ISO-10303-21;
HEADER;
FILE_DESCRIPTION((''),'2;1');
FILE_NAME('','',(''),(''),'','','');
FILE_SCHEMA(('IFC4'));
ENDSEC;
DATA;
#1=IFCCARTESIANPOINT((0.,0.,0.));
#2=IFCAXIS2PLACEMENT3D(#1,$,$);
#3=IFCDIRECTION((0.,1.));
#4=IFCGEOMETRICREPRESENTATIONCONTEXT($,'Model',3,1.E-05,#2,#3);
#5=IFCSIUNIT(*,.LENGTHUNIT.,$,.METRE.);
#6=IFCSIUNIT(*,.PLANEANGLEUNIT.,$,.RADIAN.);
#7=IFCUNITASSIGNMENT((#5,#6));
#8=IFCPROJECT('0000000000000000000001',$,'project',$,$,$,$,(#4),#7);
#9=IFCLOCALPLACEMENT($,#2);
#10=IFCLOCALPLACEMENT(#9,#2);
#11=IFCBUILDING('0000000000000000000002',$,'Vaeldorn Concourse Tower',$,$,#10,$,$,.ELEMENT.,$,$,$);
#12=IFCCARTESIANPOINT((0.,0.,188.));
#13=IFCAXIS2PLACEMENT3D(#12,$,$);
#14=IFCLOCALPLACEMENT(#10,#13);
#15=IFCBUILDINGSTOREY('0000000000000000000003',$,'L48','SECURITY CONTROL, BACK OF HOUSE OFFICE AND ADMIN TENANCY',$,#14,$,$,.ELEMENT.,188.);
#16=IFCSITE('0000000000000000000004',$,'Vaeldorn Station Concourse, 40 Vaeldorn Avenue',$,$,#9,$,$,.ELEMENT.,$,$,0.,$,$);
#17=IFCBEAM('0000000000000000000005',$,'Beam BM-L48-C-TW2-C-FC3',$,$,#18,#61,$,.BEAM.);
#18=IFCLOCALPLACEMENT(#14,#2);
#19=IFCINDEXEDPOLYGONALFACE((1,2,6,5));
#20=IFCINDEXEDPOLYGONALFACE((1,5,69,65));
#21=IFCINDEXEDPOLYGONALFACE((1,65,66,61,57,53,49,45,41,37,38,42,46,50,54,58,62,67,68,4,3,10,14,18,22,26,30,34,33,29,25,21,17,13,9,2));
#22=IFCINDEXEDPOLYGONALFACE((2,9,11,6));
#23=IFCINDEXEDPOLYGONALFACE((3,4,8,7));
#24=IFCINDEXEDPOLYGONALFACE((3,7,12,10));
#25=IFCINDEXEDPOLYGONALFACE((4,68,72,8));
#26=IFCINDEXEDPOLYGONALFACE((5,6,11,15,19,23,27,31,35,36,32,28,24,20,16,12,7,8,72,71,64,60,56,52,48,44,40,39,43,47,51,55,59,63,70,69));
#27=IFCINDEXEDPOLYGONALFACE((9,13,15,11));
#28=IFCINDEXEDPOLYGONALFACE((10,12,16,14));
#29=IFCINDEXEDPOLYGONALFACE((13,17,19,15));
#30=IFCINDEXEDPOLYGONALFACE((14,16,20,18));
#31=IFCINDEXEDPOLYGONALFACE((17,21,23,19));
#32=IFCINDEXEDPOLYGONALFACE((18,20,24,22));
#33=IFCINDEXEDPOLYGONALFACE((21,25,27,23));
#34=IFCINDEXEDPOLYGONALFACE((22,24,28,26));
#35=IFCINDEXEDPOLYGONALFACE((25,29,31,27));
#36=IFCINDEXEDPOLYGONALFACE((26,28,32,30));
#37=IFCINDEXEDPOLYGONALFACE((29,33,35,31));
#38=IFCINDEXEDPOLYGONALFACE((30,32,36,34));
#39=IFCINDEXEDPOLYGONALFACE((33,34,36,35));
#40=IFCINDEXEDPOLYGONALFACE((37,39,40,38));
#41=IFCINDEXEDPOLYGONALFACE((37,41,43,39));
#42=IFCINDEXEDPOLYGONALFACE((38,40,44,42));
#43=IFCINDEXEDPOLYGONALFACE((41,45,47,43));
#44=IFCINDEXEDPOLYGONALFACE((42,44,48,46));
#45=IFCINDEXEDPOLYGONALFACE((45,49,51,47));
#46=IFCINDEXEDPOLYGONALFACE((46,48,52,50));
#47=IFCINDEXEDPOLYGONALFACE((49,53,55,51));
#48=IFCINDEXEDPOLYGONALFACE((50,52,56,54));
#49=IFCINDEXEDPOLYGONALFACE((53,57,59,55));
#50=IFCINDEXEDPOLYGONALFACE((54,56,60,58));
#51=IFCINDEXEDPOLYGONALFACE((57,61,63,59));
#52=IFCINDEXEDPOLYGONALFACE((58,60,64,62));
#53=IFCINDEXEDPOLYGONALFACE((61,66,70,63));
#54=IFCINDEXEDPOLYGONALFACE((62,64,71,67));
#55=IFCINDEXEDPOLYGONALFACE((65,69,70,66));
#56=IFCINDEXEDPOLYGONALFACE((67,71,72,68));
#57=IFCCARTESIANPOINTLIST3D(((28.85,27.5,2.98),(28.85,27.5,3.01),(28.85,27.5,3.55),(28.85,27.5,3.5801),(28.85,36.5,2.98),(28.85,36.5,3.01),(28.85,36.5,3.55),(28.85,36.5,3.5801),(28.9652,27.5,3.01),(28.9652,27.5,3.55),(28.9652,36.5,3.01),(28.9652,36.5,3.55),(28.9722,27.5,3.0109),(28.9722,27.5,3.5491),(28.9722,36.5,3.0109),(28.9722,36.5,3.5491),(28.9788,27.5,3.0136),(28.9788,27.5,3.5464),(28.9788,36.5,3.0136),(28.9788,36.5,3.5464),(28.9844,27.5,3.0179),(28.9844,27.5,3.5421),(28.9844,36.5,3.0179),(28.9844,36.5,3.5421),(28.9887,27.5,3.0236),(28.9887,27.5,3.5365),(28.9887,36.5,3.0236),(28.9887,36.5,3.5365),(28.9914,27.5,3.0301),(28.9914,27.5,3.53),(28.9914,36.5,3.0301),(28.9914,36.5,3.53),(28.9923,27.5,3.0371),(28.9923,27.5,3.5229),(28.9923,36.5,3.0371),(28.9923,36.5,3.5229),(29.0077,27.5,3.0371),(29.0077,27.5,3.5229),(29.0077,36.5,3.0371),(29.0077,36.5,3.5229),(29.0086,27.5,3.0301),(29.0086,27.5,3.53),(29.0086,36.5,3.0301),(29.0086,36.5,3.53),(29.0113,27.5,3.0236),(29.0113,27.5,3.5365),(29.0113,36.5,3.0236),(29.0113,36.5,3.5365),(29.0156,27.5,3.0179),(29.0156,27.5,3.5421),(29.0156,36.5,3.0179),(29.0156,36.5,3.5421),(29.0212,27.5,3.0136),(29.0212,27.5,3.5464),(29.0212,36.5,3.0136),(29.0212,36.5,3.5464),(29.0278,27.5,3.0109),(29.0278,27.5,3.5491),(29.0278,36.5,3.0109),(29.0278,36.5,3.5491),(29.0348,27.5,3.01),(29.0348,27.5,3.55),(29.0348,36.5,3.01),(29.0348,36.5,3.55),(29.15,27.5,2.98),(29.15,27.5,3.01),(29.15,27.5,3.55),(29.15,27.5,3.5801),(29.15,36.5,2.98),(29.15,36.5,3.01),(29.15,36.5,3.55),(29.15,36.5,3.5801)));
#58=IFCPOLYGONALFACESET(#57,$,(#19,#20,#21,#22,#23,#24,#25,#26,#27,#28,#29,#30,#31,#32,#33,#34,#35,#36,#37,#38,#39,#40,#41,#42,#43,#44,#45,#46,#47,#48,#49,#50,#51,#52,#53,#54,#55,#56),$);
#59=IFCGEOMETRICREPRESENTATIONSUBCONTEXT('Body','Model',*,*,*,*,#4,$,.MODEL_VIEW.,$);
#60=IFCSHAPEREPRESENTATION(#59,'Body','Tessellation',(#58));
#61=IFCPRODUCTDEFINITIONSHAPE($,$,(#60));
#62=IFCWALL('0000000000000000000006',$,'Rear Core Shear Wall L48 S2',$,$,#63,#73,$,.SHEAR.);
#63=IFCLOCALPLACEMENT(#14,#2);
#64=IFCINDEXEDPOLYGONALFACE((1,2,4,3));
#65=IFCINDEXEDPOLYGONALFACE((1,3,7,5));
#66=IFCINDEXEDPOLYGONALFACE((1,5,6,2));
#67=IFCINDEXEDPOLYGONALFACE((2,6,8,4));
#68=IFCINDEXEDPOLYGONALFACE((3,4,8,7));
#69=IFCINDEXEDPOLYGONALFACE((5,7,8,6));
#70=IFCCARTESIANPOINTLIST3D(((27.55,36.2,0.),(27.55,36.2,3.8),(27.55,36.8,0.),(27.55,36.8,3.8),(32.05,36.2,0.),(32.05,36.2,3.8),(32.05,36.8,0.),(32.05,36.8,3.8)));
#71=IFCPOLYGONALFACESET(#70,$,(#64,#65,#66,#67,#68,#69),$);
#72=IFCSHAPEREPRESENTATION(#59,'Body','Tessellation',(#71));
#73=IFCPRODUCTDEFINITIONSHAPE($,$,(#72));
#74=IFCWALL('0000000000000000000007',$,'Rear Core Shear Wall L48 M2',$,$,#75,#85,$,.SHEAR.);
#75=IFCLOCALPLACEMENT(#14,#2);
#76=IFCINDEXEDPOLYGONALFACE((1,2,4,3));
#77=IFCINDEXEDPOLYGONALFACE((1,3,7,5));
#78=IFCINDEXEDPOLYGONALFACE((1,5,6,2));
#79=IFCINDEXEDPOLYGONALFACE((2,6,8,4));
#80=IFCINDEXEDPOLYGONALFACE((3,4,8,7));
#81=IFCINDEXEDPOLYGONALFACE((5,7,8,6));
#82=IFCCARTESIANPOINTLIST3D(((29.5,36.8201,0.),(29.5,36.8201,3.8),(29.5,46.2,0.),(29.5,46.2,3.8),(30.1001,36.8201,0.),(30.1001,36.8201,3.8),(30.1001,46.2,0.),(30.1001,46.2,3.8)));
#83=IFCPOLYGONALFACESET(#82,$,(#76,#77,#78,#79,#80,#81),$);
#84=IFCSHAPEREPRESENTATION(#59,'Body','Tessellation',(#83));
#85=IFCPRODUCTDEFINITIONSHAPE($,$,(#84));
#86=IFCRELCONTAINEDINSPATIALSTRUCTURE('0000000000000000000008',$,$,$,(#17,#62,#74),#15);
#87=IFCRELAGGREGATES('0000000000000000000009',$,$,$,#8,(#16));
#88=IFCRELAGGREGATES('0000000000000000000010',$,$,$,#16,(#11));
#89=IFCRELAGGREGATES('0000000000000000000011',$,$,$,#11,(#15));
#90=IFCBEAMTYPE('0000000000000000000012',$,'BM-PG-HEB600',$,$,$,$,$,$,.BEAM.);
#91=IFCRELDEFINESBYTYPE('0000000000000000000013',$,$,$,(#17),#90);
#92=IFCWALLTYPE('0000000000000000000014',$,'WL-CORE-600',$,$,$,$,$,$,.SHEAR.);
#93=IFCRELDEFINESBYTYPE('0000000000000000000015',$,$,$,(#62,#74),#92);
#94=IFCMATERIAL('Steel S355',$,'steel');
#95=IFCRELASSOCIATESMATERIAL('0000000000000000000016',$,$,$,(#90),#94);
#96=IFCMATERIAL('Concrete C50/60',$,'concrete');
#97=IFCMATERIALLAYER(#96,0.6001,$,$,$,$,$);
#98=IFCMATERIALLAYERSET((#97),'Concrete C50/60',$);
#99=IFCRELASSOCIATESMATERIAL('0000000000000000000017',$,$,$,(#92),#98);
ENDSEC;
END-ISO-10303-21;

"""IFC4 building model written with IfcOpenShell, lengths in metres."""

from ifc_helpers import new_model, si_unit, direction, frame, frame_2d, origin, origin_2d, place, context, subcontext, project, spatial, rectangle, i_section, extrude, source, transform, mapped, material, layer, layer_set, material_profile, profile_set, type_object, element, save


model = new_model("IFC4")

# Units and contexts
model_context = context("Model", 3, precision=1e-05, world=origin(), true_north=direction((0.0, 1.0)))
body_context = subcontext(model_context, "Body", "Model", "MODEL_VIEW")
ifc_project = project(units=[si_unit("LENGTHUNIT", "METRE"), si_unit("PLANEANGLEUNIT", "RADIAN")], contexts=[model_context])

# Site, building, storey
site_placement = place(None, origin())
site = spatial("IfcSite", under=ifc_project, at=site_placement, Name="Vaeldorn Station Concourse, 40 Vaeldorn Avenue", CompositionType="ELEMENT", RefElevation=0.0)
building_placement = place(site_placement, origin())
building = spatial("IfcBuilding", under=site, at=building_placement, Name="Vaeldorn Concourse Tower", CompositionType="ELEMENT")
storey_placement = place(building_placement, frame((0.0, 0.0, 188.0)))
storey = spatial("IfcBuildingStorey", under=building, at=storey_placement, Name="L48", Description="SECURITY CONTROL, BACK OF HOUSE OFFICE AND ADMIN TENANCY", CompositionType="ELEMENT", Elevation=188.0)

# Shared definitions
ifc_material_1 = material(Name="Steel S355", Category="steel")

# Beam
ifc_material_profile_1 = material_profile(ifc_material_1, i_section(OverallWidth=0.3, OverallDepth=0.6001, WebThickness=0.0154, FlangeThickness=0.03, FilletRadius=0.0271, at=origin_2d()), Name="HEB 600")
ifc_profile_set_1 = profile_set([ifc_material_profile_1], Name="Steel S355")
beam_type_1 = type_object("IfcBeamType", Name="BM-PG-HEB600", PredefinedType="BEAM", material=ifc_profile_set_1)
shared_shape_1 = source(origin(), body_context, "Body", "SweptSolid", [
    extrude(i_section(OverallWidth=0.3, OverallDepth=0.6001, WebThickness=0.0154, FlangeThickness=0.03, FilletRadius=0.0271, at=origin_2d()), origin(), (0.0, 0.0, 1.0), 9.0),
])
beam_placement = place(storey_placement, frame((29.0, 27.5, 3.28), z_axis=(0.0, 1.0, 0.0), x_axis=(-1.0, 0.0, 0.0)))
element("IfcBeam", 1, at=beam_placement, inside=storey, type_object=beam_type_1, Name="Beam BM-L48-C-TW2-C-FC3", PredefinedType="BEAM", context=body_context, shape_type="MappedRepresentation", body=[
    mapped(shared_shape_1, transform((0.0, 0.0, 0.0), scale=1.0)),
])

# Walls
ifc_material_2 = material(Name="Concrete C50/60", Category="concrete")
ifc_layer_1 = layer(ifc_material_2, 0.6001)
ifc_layer_set_1 = layer_set([ifc_layer_1], Name="Concrete C50/60")
wall_type_1 = type_object("IfcWallType", Name="WL-CORE-600", PredefinedType="SHEAR", material=ifc_layer_set_1)
wall_1_placement = place(storey_placement, frame((27.55, 36.5, 0.0), z_axis=(0.0, 0.0, 1.0), x_axis=(1.0, 0.0, 0.0)))
element("IfcWall", 2, at=wall_1_placement, inside=storey, type_object=wall_type_1, Name="Rear Core Shear Wall L48 S2", PredefinedType="SHEAR", context=body_context, shape_type="SweptSolid", body=[
    extrude(rectangle(XDim=4.5, YDim=0.6001, at=frame_2d((2.25, 0.0))), origin(), (0.0, 0.0, 1.0), 3.8),
])
wall_2_placement = place(storey_placement, frame((29.8, 36.8201, 0.0), z_axis=(0.0, 0.0, 1.0), x_axis=(0.0, 1.0, 0.0)))
element("IfcWall", 3, at=wall_2_placement, inside=storey, type_object=wall_type_1, Name="Rear Core Shear Wall L48 M2", PredefinedType="SHEAR", context=body_context, shape_type="SweptSolid", body=[
    extrude(rectangle(XDim=9.3799, YDim=0.6001, at=frame_2d((4.6899, 0.0))), origin(), (0.0, 0.0, 1.0), 3.8),
])

save(model, "model.ifc")
